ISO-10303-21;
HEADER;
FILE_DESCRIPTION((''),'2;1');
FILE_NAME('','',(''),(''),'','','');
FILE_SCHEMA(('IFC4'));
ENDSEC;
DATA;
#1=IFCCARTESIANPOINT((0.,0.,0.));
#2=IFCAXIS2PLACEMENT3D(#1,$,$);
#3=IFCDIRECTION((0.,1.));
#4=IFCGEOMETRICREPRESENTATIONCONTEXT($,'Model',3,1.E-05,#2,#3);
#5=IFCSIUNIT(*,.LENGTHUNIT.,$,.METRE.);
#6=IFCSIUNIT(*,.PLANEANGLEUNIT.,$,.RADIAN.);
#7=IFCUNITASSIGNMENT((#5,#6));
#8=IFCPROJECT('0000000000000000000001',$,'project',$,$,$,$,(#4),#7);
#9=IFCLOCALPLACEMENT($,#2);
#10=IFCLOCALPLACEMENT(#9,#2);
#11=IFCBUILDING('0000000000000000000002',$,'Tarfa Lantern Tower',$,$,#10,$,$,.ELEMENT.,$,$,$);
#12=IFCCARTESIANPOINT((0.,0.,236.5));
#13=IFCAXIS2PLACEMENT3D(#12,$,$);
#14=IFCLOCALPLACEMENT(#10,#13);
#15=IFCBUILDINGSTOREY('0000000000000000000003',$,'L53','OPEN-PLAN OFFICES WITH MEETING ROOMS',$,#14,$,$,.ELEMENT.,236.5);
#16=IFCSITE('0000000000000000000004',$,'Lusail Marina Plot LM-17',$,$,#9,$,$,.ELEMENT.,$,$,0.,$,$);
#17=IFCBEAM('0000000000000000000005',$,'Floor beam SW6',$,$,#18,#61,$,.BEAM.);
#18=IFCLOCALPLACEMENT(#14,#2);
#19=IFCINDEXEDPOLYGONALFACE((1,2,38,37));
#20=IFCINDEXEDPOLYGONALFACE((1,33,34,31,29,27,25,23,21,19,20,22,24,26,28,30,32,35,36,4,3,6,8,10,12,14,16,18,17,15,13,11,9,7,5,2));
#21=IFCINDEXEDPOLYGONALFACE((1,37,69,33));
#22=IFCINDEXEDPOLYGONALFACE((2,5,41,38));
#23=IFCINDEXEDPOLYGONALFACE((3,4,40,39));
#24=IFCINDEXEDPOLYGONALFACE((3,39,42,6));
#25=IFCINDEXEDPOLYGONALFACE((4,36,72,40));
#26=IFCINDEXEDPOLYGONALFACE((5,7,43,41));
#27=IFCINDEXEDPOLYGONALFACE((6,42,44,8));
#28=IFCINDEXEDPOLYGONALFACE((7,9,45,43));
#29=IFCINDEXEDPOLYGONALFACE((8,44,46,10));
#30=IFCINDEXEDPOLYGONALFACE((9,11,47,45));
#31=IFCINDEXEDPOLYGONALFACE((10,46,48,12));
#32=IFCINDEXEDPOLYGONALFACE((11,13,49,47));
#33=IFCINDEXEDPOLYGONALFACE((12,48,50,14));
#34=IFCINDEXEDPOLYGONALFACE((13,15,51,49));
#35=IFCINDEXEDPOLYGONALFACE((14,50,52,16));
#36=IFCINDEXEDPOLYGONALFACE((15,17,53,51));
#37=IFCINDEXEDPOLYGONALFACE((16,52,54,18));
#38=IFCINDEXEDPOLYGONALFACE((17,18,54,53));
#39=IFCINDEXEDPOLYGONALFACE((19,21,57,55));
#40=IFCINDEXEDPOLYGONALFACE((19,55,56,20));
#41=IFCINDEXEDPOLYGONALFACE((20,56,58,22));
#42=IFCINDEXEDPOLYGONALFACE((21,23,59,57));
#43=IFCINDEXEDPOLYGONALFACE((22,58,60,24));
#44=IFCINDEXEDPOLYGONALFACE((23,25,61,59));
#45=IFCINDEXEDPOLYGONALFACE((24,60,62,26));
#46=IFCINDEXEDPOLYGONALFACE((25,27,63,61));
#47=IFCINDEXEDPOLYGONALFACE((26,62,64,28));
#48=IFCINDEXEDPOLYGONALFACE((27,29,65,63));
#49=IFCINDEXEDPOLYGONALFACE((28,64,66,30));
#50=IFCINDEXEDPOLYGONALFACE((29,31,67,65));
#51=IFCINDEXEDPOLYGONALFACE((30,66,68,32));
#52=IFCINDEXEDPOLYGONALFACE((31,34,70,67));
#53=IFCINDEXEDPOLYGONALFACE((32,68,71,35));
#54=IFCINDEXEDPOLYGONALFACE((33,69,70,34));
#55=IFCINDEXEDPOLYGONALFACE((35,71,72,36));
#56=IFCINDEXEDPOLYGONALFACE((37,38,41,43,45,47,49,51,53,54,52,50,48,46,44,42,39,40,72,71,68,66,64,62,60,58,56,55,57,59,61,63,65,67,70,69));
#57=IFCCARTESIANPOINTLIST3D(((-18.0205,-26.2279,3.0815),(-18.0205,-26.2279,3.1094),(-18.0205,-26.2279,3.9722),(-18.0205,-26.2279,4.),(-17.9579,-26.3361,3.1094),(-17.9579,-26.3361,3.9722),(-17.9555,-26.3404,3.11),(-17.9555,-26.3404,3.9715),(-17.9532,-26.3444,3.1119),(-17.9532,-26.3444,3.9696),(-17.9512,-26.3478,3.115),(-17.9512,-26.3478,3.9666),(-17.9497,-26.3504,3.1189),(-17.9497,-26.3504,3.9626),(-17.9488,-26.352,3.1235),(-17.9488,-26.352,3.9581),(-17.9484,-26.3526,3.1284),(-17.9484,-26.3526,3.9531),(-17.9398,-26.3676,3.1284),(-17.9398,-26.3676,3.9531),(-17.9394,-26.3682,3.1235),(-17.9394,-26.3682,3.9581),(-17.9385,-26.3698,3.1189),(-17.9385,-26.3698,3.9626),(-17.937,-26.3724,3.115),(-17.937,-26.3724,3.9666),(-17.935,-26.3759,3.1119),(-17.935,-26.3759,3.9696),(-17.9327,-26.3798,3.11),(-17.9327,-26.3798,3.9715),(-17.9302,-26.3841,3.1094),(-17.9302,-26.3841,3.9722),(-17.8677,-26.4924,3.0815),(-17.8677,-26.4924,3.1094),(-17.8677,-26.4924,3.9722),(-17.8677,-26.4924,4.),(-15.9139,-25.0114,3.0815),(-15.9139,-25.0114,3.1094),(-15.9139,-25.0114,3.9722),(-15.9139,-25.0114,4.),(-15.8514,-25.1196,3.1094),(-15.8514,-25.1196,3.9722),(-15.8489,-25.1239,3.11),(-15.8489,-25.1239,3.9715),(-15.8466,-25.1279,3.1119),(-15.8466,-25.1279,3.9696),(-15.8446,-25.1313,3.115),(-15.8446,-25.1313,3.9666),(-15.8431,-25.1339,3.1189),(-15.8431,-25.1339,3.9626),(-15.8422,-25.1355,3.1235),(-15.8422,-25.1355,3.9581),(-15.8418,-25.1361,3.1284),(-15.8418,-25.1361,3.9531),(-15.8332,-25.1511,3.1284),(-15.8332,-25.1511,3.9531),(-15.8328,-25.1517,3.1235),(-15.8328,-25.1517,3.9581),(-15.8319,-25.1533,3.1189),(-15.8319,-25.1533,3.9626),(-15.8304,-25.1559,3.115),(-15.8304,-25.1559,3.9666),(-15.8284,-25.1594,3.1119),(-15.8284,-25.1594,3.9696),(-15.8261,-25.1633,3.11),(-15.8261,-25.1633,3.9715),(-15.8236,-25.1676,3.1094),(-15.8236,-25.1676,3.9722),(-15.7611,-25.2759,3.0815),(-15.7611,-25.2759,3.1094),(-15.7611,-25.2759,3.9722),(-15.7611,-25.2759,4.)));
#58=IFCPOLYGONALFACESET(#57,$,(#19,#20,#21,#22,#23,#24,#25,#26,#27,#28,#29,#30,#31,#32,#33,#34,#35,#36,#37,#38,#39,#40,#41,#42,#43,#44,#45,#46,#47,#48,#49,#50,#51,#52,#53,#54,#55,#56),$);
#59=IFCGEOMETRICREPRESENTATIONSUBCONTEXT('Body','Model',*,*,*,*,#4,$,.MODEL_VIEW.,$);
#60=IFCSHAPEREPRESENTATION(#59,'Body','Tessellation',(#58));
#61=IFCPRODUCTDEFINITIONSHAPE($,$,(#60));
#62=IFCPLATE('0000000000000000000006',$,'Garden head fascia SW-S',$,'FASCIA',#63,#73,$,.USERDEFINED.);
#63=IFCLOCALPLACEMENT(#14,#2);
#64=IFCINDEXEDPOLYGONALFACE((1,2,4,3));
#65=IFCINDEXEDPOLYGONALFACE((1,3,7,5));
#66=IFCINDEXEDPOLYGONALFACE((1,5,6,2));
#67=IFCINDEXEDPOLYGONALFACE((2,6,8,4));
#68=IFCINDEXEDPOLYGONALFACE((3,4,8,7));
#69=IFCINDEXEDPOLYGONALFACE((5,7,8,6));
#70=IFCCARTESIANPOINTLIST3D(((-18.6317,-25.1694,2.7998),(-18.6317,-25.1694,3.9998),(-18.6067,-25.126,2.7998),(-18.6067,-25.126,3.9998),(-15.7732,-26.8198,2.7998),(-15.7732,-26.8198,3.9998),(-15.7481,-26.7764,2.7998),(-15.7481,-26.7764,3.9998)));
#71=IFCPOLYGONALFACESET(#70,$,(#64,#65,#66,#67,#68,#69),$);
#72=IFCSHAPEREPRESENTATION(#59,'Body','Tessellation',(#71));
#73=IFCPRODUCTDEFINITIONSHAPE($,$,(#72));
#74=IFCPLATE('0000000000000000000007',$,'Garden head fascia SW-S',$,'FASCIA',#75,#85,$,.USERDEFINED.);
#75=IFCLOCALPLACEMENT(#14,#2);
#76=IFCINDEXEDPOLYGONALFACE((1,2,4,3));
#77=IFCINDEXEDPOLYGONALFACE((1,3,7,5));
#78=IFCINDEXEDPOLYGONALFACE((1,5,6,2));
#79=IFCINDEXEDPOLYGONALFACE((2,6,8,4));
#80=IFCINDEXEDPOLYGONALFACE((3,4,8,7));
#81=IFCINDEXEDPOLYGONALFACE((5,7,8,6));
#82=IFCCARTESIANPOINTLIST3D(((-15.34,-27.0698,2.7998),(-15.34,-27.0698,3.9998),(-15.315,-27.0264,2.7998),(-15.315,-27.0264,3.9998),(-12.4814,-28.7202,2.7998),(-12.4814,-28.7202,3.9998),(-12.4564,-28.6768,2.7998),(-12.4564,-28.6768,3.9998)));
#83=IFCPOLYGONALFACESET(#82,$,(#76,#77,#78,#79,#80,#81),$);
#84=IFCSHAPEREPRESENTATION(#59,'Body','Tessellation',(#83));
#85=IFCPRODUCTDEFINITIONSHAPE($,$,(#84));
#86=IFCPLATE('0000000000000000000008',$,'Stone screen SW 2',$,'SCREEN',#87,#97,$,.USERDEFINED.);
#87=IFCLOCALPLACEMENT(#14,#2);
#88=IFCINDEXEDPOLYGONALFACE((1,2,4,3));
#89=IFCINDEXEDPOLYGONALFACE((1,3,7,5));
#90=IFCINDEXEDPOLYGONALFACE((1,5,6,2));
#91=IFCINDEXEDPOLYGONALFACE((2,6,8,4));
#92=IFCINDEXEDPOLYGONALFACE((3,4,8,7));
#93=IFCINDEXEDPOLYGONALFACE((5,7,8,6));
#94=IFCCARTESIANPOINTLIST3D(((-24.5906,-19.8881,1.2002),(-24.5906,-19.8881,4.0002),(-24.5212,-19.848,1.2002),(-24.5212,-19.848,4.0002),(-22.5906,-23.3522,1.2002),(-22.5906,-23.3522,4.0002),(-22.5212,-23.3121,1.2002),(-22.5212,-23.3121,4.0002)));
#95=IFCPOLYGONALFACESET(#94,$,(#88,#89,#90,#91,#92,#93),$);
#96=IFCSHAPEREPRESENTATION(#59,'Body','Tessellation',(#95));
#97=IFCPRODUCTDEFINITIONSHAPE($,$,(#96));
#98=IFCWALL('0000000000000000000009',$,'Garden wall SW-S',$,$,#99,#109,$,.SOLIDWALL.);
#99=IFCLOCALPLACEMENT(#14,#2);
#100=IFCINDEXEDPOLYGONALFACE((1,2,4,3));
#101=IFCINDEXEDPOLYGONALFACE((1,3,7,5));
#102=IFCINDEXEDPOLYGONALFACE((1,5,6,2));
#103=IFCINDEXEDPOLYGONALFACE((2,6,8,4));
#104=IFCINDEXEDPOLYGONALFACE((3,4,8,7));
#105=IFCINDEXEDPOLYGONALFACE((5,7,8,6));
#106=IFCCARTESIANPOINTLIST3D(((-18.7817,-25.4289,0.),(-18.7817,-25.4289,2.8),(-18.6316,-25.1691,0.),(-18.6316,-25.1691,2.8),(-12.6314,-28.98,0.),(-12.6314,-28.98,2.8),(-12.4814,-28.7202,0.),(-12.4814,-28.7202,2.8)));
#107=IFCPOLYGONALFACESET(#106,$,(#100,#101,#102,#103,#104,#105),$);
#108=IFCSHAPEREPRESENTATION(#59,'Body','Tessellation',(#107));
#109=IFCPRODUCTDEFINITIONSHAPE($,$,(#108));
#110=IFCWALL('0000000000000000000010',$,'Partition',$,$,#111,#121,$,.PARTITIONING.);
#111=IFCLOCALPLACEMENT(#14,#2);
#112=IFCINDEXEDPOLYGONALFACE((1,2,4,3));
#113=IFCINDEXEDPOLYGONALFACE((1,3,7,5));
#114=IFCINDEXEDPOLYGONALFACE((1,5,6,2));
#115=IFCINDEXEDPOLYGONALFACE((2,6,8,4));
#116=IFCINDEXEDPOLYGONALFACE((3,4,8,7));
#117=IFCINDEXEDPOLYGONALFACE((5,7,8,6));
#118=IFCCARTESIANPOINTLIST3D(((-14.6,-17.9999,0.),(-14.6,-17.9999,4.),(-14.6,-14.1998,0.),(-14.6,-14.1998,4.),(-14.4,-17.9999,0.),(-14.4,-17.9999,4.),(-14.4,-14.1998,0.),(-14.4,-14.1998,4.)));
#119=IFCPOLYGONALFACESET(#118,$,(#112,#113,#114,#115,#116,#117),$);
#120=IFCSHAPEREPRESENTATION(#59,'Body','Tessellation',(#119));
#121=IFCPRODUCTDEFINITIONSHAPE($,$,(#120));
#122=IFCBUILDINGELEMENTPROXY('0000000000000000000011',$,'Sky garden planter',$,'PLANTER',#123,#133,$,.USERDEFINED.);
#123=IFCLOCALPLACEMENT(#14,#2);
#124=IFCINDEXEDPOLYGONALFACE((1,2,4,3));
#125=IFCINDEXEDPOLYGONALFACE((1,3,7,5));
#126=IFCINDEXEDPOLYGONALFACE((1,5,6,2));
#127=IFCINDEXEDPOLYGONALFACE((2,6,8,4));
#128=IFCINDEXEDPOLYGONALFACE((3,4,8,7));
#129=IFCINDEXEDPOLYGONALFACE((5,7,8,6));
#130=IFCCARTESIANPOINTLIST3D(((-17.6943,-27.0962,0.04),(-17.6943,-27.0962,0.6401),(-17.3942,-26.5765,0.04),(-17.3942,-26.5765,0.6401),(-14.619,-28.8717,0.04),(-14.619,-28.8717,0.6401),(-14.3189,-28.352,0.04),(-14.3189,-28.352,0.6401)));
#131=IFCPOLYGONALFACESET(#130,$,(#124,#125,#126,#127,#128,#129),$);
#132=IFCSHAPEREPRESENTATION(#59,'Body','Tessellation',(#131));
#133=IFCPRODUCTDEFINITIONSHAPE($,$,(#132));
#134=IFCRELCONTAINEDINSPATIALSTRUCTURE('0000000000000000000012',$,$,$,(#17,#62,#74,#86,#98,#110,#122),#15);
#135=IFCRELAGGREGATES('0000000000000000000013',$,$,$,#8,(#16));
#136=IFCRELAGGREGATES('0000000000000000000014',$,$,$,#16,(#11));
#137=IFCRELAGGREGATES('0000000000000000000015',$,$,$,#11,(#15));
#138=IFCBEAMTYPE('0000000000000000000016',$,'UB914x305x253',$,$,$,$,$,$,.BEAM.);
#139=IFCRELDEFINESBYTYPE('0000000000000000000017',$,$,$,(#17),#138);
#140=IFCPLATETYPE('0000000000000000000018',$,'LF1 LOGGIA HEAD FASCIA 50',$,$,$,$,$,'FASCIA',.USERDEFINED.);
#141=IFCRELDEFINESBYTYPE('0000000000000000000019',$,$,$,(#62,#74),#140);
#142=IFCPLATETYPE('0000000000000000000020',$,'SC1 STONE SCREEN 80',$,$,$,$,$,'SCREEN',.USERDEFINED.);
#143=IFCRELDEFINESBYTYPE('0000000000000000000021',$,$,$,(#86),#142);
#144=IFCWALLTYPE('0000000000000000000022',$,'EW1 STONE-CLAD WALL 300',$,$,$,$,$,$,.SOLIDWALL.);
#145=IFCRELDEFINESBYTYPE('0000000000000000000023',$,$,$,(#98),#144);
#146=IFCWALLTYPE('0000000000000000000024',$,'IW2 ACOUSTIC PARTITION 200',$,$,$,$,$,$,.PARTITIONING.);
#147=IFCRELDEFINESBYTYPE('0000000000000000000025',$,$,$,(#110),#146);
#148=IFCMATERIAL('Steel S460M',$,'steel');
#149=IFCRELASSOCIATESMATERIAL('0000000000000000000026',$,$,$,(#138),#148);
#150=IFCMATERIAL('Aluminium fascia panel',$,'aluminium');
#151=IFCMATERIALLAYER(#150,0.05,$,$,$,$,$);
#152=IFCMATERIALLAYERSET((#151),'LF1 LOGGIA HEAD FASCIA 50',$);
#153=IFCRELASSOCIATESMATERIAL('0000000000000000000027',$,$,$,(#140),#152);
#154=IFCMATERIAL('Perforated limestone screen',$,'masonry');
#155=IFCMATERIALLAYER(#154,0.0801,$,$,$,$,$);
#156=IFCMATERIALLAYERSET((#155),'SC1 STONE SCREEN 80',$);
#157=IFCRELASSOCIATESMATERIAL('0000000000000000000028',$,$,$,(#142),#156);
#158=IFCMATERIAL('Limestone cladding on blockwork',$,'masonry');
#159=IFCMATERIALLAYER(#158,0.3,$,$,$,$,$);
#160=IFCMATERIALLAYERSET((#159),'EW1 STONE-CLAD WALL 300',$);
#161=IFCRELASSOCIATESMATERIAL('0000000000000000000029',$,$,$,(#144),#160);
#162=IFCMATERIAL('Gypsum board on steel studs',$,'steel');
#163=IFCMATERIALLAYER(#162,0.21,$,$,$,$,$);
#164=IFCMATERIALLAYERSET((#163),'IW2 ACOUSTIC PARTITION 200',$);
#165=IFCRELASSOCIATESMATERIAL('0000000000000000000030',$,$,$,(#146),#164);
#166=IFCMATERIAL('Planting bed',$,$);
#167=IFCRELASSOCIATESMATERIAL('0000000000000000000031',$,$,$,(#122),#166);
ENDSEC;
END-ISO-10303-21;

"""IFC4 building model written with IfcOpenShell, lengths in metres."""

from ifc_helpers import new_model, si_unit, direction, frame, frame_2d, origin, origin_2d, place, context, subcontext, project, spatial, rectangle, i_section, extrude, material, layer, layer_set, material_profile, profile_set, type_object, element, save


model = new_model("IFC4")

# Units and contexts
model_context = context("Model", 3, precision=1e-05, world=origin(), true_north=direction((0.0, 1.0)))
body_context = subcontext(model_context, "Body", "Model", "MODEL_VIEW")
ifc_project = project(units=[si_unit("LENGTHUNIT", "METRE"), si_unit("PLANEANGLEUNIT", "RADIAN")], contexts=[model_context])

# Site, building, storey
site_placement = place(None, origin())
site = spatial("IfcSite", under=ifc_project, at=site_placement, Name="Lusail Marina Plot LM-17", CompositionType="ELEMENT", RefElevation=0.0)
building_placement = place(site_placement, origin())
building = spatial("IfcBuilding", under=site, at=building_placement, Name="Tarfa Lantern Tower", CompositionType="ELEMENT")
storey_placement = place(building_placement, frame((0.0, 0.0, 236.5)))
storey = spatial("IfcBuildingStorey", under=building, at=storey_placement, Name="L53", Description="OPEN-PLAN OFFICES WITH MEETING ROOMS", CompositionType="ELEMENT", Elevation=236.5)

# Beam
ifc_material_1 = material(Name="Steel S460M", Category="steel")
ifc_material_profile_1 = material_profile(ifc_material_1, i_section(OverallWidth=0.3054, OverallDepth=0.9185, WebThickness=0.0173, FlangeThickness=0.0278, FilletRadius=0.019, at=origin_2d()), Name="UB914x305x253")
ifc_profile_set_1 = profile_set([ifc_material_profile_1], Name="Steel S460M")
beam_type_1 = type_object("IfcBeamType", Name="UB914x305x253", PredefinedType="BEAM", material=ifc_profile_set_1)
beam_1_placement = place(storey_placement, frame((-17.9441, -26.3601, 3.5408), z_axis=(0.86598, 0.500079, 0.0), x_axis=(-0.500079, 0.86598, 0.0)))
element("IfcBeam", 1, at=beam_1_placement, inside=storey, type_object=beam_type_1, Name="Floor beam SW6", PredefinedType="BEAM", context=body_context, shape_type="SweptSolid", body=[
    extrude(i_section(OverallWidth=0.3054, OverallDepth=0.9185, WebThickness=0.0173, FlangeThickness=0.0278, FilletRadius=0.019, at=origin_2d()), origin(), (0.0, 0.0, 1.0), 2.4326),
])

# Plates
ifc_material_2 = material(Name="Aluminium fascia panel", Category="aluminium")
ifc_layer_1 = layer(ifc_material_2, 0.05)
ifc_layer_set_1 = layer_set([ifc_layer_1], Name="LF1 LOGGIA HEAD FASCIA 50")
plate_type_1 = type_object("IfcPlateType", Name="LF1 LOGGIA HEAD FASCIA 50", ElementType="FASCIA", PredefinedType="USERDEFINED", material=ifc_layer_set_1)
for number, where, z_axis, x_axis, name in (
    (2, (-17.1899, -25.9729, 2.7998), (0.0, 0.0, 1.0), (0.866025, -0.5, 0.0), "Garden head fascia SW-S"),
    (3, (-13.8982, -27.8733, 2.7998), (0.0, 0.0, 1.0), (0.866025, -0.5, 0.0), "Garden head fascia SW-S"),
):
    element("IfcPlate", number, at=place(storey_placement, frame(where, z_axis=z_axis, x_axis=x_axis)), inside=storey, type_object=plate_type_1, Name=name, ObjectType="FASCIA", PredefinedType="USERDEFINED", context=body_context, shape_type="SweptSolid", body=[
        extrude(rectangle(XDim=3.3008, YDim=0.05, at=origin_2d()), origin(), (0.0, 0.0, 1.0), 1.2),
    ])
ifc_material_3 = material(Name="Perforated limestone screen", Category="masonry")
ifc_layer_2 = layer(ifc_material_3, 0.0801)
ifc_layer_set_2 = layer_set([ifc_layer_2], Name="SC1 STONE SCREEN 80")
plate_type_2 = type_object("IfcPlateType", Name="SC1 STONE SCREEN 80", ElementType="SCREEN", PredefinedType="USERDEFINED", material=ifc_layer_set_2)
plate_placement = place(storey_placement, frame((-23.5559, -21.6001, 1.2002), z_axis=(0.0, 0.0, 1.0), x_axis=(0.5, -0.866025, 0.0)))
element("IfcPlate", 4, at=plate_placement, inside=storey, type_object=plate_type_2, Name="Stone screen SW 2", ObjectType="SCREEN", PredefinedType="USERDEFINED", context=body_context, shape_type="SweptSolid", body=[
    extrude(rectangle(XDim=4.0, YDim=0.0801, at=origin_2d()), origin(), (0.0, 0.0, 1.0), 2.8),
])

# Walls
ifc_material_4 = material(Name="Limestone cladding on blockwork", Category="masonry")
ifc_layer_3 = layer(ifc_material_4, 0.3)
ifc_layer_set_3 = layer_set([ifc_layer_3], Name="EW1 STONE-CLAD WALL 300")
wall_type_1 = type_object("IfcWallType", Name="EW1 STONE-CLAD WALL 300", PredefinedType="SOLIDWALL", material=ifc_layer_set_3)
wall_1_placement = place(storey_placement, frame((-18.7065, -25.2991, 0.0), z_axis=(0.0, 0.0, 1.0), x_axis=(0.866011, -0.500025, 0.0)))
element("IfcWall", 5, at=wall_1_placement, inside=storey, type_object=wall_type_1, Name="Garden wall SW-S", PredefinedType="SOLIDWALL", context=body_context, shape_type="SweptSolid", body=[
    extrude(rectangle(XDim=7.1018, YDim=0.3, at=frame_2d((3.5508, 0.0))), origin(), (0.0, 0.0, 1.0), 2.8),
])
ifc_material_5 = material(Name="Gypsum board on steel studs", Category="steel")
ifc_layer_4 = layer(ifc_material_5, 0.21)
ifc_layer_set_4 = layer_set([ifc_layer_4], Name="IW2 ACOUSTIC PARTITION 200")
wall_type_2 = type_object("IfcWallType", Name="IW2 ACOUSTIC PARTITION 200", PredefinedType="PARTITIONING", material=ifc_layer_set_4)
wall_2_placement = place(storey_placement, frame((-14.5, -14.2, 0.0), z_axis=(0.0, 0.0, 1.0), x_axis=(0.0, -1.0, 0.0)))
element("IfcWall", 6, at=wall_2_placement, inside=storey, type_object=wall_type_2, Name="Partition", PredefinedType="PARTITIONING", context=body_context, shape_type="SweptSolid", body=[
    extrude(rectangle(XDim=3.8, YDim=0.2, at=frame_2d((1.8999, 0.0))), origin(), (0.0, 0.0, 1.0), 4.0),
])

# Building element proxy
ifc_material_6 = material(Name="Planting bed")
proxy_placement = place(storey_placement, frame((-16.0066, -27.7241, 0.04), z_axis=(0.0, 0.0, 1.0), x_axis=(0.866025, -0.5, 0.0)))
element("IfcBuildingElementProxy", 7, at=proxy_placement, inside=storey, material=ifc_material_6, Name="Sky garden planter", ObjectType="PLANTER", PredefinedType="USERDEFINED", context=body_context, shape_type="SweptSolid", body=[
    extrude(rectangle(XDim=3.551, YDim=0.6001, at=origin_2d()), origin(), (0.0, 0.0, 1.0), 0.6001),
])

save(model, "model.ifc")
